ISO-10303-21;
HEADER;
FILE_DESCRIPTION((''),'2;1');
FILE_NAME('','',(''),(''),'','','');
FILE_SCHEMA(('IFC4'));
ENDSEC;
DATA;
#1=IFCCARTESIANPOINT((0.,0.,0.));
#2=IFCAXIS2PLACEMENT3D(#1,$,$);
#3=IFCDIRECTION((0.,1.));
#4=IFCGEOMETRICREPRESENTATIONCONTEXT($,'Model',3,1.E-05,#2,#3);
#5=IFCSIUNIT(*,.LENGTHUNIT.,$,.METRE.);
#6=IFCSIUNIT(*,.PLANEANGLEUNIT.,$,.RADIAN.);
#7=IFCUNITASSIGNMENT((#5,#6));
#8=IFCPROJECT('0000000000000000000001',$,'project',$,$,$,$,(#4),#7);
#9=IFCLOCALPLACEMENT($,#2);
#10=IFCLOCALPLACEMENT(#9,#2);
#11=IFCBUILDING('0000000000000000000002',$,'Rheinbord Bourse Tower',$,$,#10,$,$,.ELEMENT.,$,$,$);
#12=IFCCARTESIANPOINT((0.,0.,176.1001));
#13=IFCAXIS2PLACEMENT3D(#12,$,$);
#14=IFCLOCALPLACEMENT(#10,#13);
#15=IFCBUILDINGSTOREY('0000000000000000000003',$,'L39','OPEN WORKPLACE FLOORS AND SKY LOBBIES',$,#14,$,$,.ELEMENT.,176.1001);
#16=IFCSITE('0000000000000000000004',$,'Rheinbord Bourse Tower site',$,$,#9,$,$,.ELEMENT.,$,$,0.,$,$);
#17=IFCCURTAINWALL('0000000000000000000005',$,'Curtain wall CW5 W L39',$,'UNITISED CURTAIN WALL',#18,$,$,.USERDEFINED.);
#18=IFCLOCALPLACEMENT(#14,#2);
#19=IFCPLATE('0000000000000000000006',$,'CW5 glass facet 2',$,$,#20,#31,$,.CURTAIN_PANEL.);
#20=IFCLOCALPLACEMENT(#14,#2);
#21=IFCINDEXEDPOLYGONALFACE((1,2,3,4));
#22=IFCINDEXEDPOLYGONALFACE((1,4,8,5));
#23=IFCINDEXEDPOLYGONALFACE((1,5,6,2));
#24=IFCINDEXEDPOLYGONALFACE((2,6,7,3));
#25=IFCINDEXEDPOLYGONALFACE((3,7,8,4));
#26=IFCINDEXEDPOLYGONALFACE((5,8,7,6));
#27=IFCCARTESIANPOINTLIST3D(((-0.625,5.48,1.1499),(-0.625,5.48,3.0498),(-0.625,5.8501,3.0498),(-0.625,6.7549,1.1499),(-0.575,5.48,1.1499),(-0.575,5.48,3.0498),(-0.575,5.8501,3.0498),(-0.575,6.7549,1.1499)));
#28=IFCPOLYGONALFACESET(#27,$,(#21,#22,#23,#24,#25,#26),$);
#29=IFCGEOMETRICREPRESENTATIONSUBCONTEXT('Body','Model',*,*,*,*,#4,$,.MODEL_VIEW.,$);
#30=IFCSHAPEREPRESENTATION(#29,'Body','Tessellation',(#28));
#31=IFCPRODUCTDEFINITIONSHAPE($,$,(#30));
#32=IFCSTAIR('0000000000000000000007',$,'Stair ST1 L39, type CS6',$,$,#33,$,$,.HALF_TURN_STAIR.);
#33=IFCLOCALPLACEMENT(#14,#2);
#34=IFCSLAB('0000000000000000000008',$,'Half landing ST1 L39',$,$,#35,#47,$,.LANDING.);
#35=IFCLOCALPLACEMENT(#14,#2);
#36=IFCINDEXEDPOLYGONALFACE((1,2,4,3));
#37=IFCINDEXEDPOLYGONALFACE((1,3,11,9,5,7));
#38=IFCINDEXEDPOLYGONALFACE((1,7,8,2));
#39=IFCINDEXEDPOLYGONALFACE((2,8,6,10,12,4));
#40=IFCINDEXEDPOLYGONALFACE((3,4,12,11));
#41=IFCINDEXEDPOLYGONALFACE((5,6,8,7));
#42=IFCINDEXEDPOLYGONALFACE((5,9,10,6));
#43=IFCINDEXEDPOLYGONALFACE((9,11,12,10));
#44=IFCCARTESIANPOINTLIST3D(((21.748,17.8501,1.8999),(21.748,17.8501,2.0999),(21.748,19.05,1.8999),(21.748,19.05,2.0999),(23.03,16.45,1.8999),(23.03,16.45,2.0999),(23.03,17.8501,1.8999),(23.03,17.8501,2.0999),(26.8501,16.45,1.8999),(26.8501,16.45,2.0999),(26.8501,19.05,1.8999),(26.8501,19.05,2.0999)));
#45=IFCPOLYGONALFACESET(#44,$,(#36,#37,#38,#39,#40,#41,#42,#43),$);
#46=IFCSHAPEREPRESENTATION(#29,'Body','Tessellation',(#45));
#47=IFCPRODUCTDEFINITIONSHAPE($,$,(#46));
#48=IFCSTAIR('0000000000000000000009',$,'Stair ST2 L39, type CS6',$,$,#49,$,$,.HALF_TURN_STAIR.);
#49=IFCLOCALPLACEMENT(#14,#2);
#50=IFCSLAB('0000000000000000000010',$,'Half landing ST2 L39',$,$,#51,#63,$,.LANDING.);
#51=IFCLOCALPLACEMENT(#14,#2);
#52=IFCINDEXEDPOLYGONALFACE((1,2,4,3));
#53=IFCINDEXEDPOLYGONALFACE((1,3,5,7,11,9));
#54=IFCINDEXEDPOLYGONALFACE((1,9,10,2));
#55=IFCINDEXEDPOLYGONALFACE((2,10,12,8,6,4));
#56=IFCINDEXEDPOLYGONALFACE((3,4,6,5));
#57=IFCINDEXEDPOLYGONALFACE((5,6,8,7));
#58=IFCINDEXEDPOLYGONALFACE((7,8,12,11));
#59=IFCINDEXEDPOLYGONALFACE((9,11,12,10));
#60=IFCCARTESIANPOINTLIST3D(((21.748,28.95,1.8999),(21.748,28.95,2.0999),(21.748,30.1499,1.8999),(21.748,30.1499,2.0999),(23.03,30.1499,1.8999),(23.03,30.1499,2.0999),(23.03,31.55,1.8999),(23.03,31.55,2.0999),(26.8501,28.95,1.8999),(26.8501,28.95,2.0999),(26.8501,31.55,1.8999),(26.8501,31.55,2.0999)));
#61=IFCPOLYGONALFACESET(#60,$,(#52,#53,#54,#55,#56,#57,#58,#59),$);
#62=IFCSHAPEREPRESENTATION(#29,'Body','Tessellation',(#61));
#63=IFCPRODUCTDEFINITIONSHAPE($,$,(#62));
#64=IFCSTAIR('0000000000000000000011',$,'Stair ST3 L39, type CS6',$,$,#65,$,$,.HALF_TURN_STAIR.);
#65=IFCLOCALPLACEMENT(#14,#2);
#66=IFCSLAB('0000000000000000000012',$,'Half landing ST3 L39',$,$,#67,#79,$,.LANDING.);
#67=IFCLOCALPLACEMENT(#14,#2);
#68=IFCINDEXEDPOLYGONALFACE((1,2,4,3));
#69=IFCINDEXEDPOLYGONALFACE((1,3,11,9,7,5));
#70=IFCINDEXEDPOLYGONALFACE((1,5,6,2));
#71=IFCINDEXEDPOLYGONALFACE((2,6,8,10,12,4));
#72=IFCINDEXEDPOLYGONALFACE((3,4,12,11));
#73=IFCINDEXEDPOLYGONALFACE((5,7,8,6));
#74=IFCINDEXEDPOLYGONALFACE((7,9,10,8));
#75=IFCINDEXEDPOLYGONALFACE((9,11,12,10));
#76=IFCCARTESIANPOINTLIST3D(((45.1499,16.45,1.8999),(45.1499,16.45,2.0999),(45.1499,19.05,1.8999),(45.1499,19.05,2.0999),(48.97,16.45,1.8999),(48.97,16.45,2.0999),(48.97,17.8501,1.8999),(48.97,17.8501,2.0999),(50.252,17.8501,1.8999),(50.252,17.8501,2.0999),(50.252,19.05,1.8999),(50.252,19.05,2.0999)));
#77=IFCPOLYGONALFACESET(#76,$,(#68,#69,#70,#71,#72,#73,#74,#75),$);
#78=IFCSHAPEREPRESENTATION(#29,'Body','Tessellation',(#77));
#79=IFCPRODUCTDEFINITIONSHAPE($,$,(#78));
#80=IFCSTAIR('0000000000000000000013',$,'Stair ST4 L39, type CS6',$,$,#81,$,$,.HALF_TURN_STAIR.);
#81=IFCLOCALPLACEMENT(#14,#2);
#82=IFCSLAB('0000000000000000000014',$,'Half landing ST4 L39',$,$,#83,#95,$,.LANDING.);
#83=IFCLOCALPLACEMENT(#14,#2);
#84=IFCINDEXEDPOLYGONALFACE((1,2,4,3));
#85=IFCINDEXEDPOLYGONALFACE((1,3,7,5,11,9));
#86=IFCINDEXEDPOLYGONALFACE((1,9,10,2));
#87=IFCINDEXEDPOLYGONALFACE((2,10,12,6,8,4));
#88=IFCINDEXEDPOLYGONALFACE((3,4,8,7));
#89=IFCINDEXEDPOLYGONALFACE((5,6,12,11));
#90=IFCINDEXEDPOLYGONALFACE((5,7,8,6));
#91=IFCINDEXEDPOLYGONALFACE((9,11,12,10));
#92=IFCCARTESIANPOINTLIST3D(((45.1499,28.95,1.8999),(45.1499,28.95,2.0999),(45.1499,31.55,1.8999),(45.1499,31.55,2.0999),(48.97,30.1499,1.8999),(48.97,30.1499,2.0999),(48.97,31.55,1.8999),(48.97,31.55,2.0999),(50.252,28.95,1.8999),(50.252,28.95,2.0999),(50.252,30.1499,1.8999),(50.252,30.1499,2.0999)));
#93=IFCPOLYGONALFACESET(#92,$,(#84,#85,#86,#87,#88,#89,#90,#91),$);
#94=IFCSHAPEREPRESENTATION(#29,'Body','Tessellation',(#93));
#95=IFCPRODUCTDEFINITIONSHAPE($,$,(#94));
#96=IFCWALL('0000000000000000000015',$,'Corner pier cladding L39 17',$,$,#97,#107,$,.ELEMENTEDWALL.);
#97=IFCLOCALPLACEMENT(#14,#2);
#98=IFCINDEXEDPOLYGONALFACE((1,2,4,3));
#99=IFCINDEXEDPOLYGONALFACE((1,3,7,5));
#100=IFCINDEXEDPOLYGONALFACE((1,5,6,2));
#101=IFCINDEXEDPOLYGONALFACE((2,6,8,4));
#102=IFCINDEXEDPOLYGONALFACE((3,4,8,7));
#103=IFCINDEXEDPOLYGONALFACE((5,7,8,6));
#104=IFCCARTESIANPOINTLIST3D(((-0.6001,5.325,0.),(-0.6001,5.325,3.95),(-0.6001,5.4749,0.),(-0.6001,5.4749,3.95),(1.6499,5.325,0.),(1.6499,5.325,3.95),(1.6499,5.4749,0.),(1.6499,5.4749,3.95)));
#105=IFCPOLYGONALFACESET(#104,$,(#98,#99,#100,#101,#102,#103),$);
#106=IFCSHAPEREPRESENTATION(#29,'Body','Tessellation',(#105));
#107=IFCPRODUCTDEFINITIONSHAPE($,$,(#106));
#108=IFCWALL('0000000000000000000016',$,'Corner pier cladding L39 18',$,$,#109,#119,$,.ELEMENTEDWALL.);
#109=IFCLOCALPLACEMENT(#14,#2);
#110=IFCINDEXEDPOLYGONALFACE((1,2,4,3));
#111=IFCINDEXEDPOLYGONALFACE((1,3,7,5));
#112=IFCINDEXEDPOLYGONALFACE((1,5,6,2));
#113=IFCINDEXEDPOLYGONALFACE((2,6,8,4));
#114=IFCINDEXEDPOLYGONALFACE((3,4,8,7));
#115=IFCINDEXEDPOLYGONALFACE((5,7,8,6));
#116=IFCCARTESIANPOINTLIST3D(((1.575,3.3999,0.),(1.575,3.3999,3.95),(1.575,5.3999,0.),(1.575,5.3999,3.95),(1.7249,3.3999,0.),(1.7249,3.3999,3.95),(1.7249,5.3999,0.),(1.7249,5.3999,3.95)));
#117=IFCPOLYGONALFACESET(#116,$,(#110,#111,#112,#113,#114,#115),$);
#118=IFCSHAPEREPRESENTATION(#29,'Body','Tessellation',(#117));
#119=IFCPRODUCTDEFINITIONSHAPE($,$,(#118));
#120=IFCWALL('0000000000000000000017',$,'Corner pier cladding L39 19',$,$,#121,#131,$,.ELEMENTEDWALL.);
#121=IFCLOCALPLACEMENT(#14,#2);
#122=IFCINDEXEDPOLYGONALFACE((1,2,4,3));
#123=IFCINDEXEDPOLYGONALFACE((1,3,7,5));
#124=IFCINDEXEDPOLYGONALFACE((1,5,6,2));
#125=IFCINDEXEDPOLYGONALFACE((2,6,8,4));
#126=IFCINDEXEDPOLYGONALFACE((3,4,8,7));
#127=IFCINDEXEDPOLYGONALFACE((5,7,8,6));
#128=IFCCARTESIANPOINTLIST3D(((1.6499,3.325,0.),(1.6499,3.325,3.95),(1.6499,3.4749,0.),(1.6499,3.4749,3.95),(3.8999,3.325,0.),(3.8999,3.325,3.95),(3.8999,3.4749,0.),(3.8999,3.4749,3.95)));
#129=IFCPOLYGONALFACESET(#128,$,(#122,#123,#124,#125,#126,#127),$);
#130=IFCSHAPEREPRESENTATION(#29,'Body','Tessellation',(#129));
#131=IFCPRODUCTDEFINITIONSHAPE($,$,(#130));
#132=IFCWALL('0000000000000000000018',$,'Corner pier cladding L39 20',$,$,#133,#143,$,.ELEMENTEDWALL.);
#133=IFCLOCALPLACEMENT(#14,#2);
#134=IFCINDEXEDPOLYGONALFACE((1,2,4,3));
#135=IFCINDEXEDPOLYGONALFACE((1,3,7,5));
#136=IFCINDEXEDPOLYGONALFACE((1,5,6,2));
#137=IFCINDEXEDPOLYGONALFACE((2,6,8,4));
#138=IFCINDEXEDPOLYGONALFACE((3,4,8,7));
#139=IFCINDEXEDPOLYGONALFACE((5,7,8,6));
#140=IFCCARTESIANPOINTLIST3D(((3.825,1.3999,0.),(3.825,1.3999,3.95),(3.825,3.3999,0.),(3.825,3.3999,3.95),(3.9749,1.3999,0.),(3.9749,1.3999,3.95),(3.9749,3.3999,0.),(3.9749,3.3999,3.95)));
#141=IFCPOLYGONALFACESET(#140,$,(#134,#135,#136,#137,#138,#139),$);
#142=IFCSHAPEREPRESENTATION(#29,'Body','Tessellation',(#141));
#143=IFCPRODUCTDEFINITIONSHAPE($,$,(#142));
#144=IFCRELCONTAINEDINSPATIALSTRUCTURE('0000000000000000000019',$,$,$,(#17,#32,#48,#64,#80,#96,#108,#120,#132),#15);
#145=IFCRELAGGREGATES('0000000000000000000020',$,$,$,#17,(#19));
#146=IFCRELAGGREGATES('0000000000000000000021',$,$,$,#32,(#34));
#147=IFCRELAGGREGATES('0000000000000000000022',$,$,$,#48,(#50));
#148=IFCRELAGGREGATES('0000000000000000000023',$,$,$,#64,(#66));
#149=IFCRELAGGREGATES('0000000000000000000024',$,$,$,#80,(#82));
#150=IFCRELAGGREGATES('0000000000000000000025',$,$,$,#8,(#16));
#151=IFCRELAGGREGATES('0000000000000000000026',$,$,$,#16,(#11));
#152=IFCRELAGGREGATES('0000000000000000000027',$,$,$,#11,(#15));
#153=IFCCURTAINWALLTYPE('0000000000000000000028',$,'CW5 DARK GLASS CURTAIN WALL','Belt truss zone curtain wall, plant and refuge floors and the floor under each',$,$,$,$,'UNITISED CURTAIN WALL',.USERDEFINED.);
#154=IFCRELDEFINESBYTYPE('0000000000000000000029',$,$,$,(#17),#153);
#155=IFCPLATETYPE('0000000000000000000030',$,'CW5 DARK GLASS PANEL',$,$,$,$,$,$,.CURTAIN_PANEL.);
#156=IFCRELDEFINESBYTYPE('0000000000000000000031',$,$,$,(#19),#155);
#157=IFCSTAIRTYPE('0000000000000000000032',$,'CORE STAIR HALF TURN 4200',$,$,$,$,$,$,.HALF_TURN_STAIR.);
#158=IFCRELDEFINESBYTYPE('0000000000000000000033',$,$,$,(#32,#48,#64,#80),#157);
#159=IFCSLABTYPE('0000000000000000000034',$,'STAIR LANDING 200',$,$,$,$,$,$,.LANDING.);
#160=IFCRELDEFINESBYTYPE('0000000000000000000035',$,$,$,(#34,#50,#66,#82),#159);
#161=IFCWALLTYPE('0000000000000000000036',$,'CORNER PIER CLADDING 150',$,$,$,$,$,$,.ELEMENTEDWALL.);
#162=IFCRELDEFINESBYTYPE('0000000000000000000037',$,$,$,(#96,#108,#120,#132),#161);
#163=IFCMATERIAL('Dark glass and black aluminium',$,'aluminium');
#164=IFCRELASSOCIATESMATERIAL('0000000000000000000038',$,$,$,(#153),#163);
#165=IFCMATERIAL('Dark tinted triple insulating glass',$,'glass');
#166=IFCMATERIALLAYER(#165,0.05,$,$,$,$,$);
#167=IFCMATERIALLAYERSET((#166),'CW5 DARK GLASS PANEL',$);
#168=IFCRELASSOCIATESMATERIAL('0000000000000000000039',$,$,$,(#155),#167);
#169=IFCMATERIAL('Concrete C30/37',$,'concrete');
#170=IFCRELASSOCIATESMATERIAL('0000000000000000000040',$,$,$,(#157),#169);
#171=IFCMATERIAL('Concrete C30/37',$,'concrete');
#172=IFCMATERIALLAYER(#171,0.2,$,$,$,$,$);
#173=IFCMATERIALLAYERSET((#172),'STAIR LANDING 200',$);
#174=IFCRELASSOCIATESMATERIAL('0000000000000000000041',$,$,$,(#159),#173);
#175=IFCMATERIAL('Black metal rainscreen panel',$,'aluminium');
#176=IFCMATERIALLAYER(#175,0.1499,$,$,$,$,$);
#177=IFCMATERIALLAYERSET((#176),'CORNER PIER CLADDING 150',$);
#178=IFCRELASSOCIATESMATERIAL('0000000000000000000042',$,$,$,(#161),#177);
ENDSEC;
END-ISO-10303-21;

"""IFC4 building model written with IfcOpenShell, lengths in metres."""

from ifc_helpers import new_model, si_unit, direction, frame, frame_2d, origin, place, context, subcontext, project, spatial, polyline, rectangle, outline, extrude, material, layer, layer_set, type_object, element, aggregate, save


model = new_model("IFC4")

# Units and contexts
model_context = context("Model", 3, precision=1e-05, world=origin(), true_north=direction((0.0, 1.0)))
body_context = subcontext(model_context, "Body", "Model", "MODEL_VIEW")
ifc_project = project(units=[si_unit("LENGTHUNIT", "METRE"), si_unit("PLANEANGLEUNIT", "RADIAN")], contexts=[model_context])

# Site, building, storey
site_placement = place(None, origin())
site = spatial("IfcSite", under=ifc_project, at=site_placement, Name="Rheinbord Bourse Tower site", CompositionType="ELEMENT", RefElevation=0.0)
building_placement = place(site_placement, origin())
building = spatial("IfcBuilding", under=site, at=building_placement, Name="Rheinbord Bourse Tower", CompositionType="ELEMENT")
storey_placement = place(building_placement, frame((0.0, 0.0, 176.1001)))
storey = spatial("IfcBuildingStorey", under=building, at=storey_placement, Name="L39", Description="OPEN WORKPLACE FLOORS AND SKY LOBBIES", CompositionType="ELEMENT", Elevation=176.1001)

# Shared definitions
ifc_material_1 = material(Name="Dark glass and black aluminium", Category="aluminium")
curtain_wall_type = type_object("IfcCurtainWallType", Name="CW5 DARK GLASS CURTAIN WALL", Description="Belt truss zone curtain wall, plant and refuge floors and the floor under each", ElementType="UNITISED CURTAIN WALL", PredefinedType="USERDEFINED", material=ifc_material_1)

# Curtain wall
curtain_wall_1_placement = place(storey_placement, origin())
curtain_wall_1 = element("IfcCurtainWall", 1, at=curtain_wall_1_placement, inside=storey, type_object=curtain_wall_type, Name="Curtain wall CW5 W L39", ObjectType="UNITISED CURTAIN WALL", PredefinedType="USERDEFINED")

# Plate
ifc_material_2 = material(Name="Dark tinted triple insulating glass", Category="glass")
ifc_layer_1 = layer(ifc_material_2, 0.05)
ifc_layer_set_1 = layer_set([ifc_layer_1], Name="CW5 DARK GLASS PANEL")
plate_type = type_object("IfcPlateType", Name="CW5 DARK GLASS PANEL", PredefinedType="CURTAIN_PANEL", material=ifc_layer_set_1)
plate_1_placement = place(storey_placement, frame((-0.625, 5.48, 3.0498), z_axis=(1.0, 0.0, 0.0), x_axis=(0.0, 0.0, -1.0)))
plate_1 = element("IfcPlate", 2, at=plate_1_placement, type_object=plate_type, Name="CW5 glass facet 2", PredefinedType="CURTAIN_PANEL", context=body_context, shape_type="SweptSolid", body=[
    extrude(outline(polyline([(0.0, 0.0), (1.8999, 0.0), (1.8999, 1.2749), (0.0, 0.3701), (0.0, 0.0)])), origin(), (0.0, 0.0, 1.0), 0.05),
])
aggregate(curtain_wall_1, [plate_1])

# Stairs, slabs
ifc_material_3 = material(Name="Concrete C30/37", Category="concrete")
stair_type = type_object("IfcStairType", Name="CORE STAIR HALF TURN 4200", PredefinedType="HALF_TURN_STAIR", material=ifc_material_3)
stair_1_placement = place(storey_placement, origin())
stair_1 = element("IfcStair", 3, at=stair_1_placement, inside=storey, type_object=stair_type, Name="Stair ST1 L39, type CS6", PredefinedType="HALF_TURN_STAIR")
ifc_material_4 = material(Name="Concrete C30/37", Category="concrete")
ifc_layer_2 = layer(ifc_material_4, 0.2)
ifc_layer_set_2 = layer_set([ifc_layer_2], Name="STAIR LANDING 200")
slab_type_1 = type_object("IfcSlabType", Name="STAIR LANDING 200", PredefinedType="LANDING", material=ifc_layer_set_2)
slab_1_placement = place(storey_placement, frame((0.0, 0.0, 1.8999)))
slab_1 = element("IfcSlab", 4, at=slab_1_placement, type_object=slab_type_1, Name="Half landing ST1 L39", PredefinedType="LANDING", context=body_context, shape_type="SweptSolid", body=[
    extrude(outline(polyline([(23.03, 16.45), (26.8501, 16.45), (26.8501, 19.05), (21.748, 19.05), (21.748, 17.8501), (23.03, 17.8501), (23.03, 16.45)])), origin(), (0.0, 0.0, 1.0), 0.2),
])
aggregate(stair_1, [slab_1])
stair_2_placement = place(storey_placement, origin())
stair_2 = element("IfcStair", 5, at=stair_2_placement, inside=storey, type_object=stair_type, Name="Stair ST2 L39, type CS6", PredefinedType="HALF_TURN_STAIR")
slab_2_placement = place(storey_placement, frame((0.0, 0.0, 1.8999)))
slab_2 = element("IfcSlab", 6, at=slab_2_placement, type_object=slab_type_1, Name="Half landing ST2 L39", PredefinedType="LANDING", context=body_context, shape_type="SweptSolid", body=[
    extrude(outline(polyline([(21.748, 28.95), (26.8501, 28.95), (26.8501, 31.55), (23.03, 31.55), (23.03, 30.1499), (21.748, 30.1499), (21.748, 28.95)])), origin(), (0.0, 0.0, 1.0), 0.2),
])
aggregate(stair_2, [slab_2])
stair_3_placement = place(storey_placement, origin())
stair_3 = element("IfcStair", 7, at=stair_3_placement, inside=storey, type_object=stair_type, Name="Stair ST3 L39, type CS6", PredefinedType="HALF_TURN_STAIR")
slab_3_placement = place(storey_placement, frame((0.0, 0.0, 1.8999)))
slab_3 = element("IfcSlab", 8, at=slab_3_placement, type_object=slab_type_1, Name="Half landing ST3 L39", PredefinedType="LANDING", context=body_context, shape_type="SweptSolid", body=[
    extrude(outline(polyline([(45.1499, 16.45), (48.97, 16.45), (48.97, 17.8501), (50.252, 17.8501), (50.252, 19.05), (45.1499, 19.05), (45.1499, 16.45)])), origin(), (0.0, 0.0, 1.0), 0.2),
])
aggregate(stair_3, [slab_3])
stair_4_placement = place(storey_placement, origin())
stair_4 = element("IfcStair", 9, at=stair_4_placement, inside=storey, type_object=stair_type, Name="Stair ST4 L39, type CS6", PredefinedType="HALF_TURN_STAIR")
slab_4_placement = place(storey_placement, frame((0.0, 0.0, 1.8999)))
slab_4 = element("IfcSlab", 10, at=slab_4_placement, type_object=slab_type_1, Name="Half landing ST4 L39", PredefinedType="LANDING", context=body_context, shape_type="SweptSolid", body=[
    extrude(outline(polyline([(45.1499, 28.95), (50.252, 28.95), (50.252, 30.1499), (48.97, 30.1499), (48.97, 31.55), (45.1499, 31.55), (45.1499, 28.95)])), origin(), (0.0, 0.0, 1.0), 0.2),
])
aggregate(stair_4, [slab_4])

# Walls
ifc_material_5 = material(Name="Black metal rainscreen panel", Category="aluminium")
ifc_layer_3 = layer(ifc_material_5, 0.1499)
ifc_layer_set_3 = layer_set([ifc_layer_3], Name="CORNER PIER CLADDING 150")
wall_type = type_object("IfcWallType", Name="CORNER PIER CLADDING 150", PredefinedType="ELEMENTEDWALL", material=ifc_layer_set_3)
wall_1_placement = place(storey_placement, frame((-0.6001, 5.3999, 0.0), z_axis=(0.0, 0.0, 1.0), x_axis=(1.0, 0.0, 0.0)))
element("IfcWall", 11, at=wall_1_placement, inside=storey, type_object=wall_type, Name="Corner pier cladding L39 17", PredefinedType="ELEMENTEDWALL", context=body_context, shape_type="SweptSolid", body=[
    extrude(rectangle(XDim=2.25, YDim=0.1499, at=frame_2d((1.125, 0.0))), origin(), (0.0, 0.0, 1.0), 3.95),
])
wall_2_placement = place(storey_placement, frame((1.6499, 5.3999, 0.0), z_axis=(0.0, 0.0, 1.0), x_axis=(0.0, -1.0, 0.0)))
element("IfcWall", 12, at=wall_2_placement, inside=storey, type_object=wall_type, Name="Corner pier cladding L39 18", PredefinedType="ELEMENTEDWALL", context=body_context, shape_type="SweptSolid", body=[
    extrude(rectangle(XDim=2.0, YDim=0.1499, at=frame_2d((1.0, 0.0))), origin(), (0.0, 0.0, 1.0), 3.95),
])
wall_3_placement = place(storey_placement, frame((1.6499, 3.3999, 0.0), z_axis=(0.0, 0.0, 1.0), x_axis=(1.0, 0.0, 0.0)))
element("IfcWall", 13, at=wall_3_placement, inside=storey, type_object=wall_type, Name="Corner pier cladding L39 19", PredefinedType="ELEMENTEDWALL", context=body_context, shape_type="SweptSolid", body=[
    extrude(rectangle(XDim=2.25, YDim=0.1499, at=frame_2d((1.125, 0.0))), origin(), (0.0, 0.0, 1.0), 3.95),
])
wall_4_placement = place(storey_placement, frame((3.8999, 3.3999, 0.0), z_axis=(0.0, 0.0, 1.0), x_axis=(0.0, -1.0, 0.0)))
element("IfcWall", 14, at=wall_4_placement, inside=storey, type_object=wall_type, Name="Corner pier cladding L39 20", PredefinedType="ELEMENTEDWALL", context=body_context, shape_type="SweptSolid", body=[
    extrude(rectangle(XDim=2.0, YDim=0.1499, at=frame_2d((1.0, 0.0))), origin(), (0.0, 0.0, 1.0), 3.95),
])

save(model, "model.ifc")
